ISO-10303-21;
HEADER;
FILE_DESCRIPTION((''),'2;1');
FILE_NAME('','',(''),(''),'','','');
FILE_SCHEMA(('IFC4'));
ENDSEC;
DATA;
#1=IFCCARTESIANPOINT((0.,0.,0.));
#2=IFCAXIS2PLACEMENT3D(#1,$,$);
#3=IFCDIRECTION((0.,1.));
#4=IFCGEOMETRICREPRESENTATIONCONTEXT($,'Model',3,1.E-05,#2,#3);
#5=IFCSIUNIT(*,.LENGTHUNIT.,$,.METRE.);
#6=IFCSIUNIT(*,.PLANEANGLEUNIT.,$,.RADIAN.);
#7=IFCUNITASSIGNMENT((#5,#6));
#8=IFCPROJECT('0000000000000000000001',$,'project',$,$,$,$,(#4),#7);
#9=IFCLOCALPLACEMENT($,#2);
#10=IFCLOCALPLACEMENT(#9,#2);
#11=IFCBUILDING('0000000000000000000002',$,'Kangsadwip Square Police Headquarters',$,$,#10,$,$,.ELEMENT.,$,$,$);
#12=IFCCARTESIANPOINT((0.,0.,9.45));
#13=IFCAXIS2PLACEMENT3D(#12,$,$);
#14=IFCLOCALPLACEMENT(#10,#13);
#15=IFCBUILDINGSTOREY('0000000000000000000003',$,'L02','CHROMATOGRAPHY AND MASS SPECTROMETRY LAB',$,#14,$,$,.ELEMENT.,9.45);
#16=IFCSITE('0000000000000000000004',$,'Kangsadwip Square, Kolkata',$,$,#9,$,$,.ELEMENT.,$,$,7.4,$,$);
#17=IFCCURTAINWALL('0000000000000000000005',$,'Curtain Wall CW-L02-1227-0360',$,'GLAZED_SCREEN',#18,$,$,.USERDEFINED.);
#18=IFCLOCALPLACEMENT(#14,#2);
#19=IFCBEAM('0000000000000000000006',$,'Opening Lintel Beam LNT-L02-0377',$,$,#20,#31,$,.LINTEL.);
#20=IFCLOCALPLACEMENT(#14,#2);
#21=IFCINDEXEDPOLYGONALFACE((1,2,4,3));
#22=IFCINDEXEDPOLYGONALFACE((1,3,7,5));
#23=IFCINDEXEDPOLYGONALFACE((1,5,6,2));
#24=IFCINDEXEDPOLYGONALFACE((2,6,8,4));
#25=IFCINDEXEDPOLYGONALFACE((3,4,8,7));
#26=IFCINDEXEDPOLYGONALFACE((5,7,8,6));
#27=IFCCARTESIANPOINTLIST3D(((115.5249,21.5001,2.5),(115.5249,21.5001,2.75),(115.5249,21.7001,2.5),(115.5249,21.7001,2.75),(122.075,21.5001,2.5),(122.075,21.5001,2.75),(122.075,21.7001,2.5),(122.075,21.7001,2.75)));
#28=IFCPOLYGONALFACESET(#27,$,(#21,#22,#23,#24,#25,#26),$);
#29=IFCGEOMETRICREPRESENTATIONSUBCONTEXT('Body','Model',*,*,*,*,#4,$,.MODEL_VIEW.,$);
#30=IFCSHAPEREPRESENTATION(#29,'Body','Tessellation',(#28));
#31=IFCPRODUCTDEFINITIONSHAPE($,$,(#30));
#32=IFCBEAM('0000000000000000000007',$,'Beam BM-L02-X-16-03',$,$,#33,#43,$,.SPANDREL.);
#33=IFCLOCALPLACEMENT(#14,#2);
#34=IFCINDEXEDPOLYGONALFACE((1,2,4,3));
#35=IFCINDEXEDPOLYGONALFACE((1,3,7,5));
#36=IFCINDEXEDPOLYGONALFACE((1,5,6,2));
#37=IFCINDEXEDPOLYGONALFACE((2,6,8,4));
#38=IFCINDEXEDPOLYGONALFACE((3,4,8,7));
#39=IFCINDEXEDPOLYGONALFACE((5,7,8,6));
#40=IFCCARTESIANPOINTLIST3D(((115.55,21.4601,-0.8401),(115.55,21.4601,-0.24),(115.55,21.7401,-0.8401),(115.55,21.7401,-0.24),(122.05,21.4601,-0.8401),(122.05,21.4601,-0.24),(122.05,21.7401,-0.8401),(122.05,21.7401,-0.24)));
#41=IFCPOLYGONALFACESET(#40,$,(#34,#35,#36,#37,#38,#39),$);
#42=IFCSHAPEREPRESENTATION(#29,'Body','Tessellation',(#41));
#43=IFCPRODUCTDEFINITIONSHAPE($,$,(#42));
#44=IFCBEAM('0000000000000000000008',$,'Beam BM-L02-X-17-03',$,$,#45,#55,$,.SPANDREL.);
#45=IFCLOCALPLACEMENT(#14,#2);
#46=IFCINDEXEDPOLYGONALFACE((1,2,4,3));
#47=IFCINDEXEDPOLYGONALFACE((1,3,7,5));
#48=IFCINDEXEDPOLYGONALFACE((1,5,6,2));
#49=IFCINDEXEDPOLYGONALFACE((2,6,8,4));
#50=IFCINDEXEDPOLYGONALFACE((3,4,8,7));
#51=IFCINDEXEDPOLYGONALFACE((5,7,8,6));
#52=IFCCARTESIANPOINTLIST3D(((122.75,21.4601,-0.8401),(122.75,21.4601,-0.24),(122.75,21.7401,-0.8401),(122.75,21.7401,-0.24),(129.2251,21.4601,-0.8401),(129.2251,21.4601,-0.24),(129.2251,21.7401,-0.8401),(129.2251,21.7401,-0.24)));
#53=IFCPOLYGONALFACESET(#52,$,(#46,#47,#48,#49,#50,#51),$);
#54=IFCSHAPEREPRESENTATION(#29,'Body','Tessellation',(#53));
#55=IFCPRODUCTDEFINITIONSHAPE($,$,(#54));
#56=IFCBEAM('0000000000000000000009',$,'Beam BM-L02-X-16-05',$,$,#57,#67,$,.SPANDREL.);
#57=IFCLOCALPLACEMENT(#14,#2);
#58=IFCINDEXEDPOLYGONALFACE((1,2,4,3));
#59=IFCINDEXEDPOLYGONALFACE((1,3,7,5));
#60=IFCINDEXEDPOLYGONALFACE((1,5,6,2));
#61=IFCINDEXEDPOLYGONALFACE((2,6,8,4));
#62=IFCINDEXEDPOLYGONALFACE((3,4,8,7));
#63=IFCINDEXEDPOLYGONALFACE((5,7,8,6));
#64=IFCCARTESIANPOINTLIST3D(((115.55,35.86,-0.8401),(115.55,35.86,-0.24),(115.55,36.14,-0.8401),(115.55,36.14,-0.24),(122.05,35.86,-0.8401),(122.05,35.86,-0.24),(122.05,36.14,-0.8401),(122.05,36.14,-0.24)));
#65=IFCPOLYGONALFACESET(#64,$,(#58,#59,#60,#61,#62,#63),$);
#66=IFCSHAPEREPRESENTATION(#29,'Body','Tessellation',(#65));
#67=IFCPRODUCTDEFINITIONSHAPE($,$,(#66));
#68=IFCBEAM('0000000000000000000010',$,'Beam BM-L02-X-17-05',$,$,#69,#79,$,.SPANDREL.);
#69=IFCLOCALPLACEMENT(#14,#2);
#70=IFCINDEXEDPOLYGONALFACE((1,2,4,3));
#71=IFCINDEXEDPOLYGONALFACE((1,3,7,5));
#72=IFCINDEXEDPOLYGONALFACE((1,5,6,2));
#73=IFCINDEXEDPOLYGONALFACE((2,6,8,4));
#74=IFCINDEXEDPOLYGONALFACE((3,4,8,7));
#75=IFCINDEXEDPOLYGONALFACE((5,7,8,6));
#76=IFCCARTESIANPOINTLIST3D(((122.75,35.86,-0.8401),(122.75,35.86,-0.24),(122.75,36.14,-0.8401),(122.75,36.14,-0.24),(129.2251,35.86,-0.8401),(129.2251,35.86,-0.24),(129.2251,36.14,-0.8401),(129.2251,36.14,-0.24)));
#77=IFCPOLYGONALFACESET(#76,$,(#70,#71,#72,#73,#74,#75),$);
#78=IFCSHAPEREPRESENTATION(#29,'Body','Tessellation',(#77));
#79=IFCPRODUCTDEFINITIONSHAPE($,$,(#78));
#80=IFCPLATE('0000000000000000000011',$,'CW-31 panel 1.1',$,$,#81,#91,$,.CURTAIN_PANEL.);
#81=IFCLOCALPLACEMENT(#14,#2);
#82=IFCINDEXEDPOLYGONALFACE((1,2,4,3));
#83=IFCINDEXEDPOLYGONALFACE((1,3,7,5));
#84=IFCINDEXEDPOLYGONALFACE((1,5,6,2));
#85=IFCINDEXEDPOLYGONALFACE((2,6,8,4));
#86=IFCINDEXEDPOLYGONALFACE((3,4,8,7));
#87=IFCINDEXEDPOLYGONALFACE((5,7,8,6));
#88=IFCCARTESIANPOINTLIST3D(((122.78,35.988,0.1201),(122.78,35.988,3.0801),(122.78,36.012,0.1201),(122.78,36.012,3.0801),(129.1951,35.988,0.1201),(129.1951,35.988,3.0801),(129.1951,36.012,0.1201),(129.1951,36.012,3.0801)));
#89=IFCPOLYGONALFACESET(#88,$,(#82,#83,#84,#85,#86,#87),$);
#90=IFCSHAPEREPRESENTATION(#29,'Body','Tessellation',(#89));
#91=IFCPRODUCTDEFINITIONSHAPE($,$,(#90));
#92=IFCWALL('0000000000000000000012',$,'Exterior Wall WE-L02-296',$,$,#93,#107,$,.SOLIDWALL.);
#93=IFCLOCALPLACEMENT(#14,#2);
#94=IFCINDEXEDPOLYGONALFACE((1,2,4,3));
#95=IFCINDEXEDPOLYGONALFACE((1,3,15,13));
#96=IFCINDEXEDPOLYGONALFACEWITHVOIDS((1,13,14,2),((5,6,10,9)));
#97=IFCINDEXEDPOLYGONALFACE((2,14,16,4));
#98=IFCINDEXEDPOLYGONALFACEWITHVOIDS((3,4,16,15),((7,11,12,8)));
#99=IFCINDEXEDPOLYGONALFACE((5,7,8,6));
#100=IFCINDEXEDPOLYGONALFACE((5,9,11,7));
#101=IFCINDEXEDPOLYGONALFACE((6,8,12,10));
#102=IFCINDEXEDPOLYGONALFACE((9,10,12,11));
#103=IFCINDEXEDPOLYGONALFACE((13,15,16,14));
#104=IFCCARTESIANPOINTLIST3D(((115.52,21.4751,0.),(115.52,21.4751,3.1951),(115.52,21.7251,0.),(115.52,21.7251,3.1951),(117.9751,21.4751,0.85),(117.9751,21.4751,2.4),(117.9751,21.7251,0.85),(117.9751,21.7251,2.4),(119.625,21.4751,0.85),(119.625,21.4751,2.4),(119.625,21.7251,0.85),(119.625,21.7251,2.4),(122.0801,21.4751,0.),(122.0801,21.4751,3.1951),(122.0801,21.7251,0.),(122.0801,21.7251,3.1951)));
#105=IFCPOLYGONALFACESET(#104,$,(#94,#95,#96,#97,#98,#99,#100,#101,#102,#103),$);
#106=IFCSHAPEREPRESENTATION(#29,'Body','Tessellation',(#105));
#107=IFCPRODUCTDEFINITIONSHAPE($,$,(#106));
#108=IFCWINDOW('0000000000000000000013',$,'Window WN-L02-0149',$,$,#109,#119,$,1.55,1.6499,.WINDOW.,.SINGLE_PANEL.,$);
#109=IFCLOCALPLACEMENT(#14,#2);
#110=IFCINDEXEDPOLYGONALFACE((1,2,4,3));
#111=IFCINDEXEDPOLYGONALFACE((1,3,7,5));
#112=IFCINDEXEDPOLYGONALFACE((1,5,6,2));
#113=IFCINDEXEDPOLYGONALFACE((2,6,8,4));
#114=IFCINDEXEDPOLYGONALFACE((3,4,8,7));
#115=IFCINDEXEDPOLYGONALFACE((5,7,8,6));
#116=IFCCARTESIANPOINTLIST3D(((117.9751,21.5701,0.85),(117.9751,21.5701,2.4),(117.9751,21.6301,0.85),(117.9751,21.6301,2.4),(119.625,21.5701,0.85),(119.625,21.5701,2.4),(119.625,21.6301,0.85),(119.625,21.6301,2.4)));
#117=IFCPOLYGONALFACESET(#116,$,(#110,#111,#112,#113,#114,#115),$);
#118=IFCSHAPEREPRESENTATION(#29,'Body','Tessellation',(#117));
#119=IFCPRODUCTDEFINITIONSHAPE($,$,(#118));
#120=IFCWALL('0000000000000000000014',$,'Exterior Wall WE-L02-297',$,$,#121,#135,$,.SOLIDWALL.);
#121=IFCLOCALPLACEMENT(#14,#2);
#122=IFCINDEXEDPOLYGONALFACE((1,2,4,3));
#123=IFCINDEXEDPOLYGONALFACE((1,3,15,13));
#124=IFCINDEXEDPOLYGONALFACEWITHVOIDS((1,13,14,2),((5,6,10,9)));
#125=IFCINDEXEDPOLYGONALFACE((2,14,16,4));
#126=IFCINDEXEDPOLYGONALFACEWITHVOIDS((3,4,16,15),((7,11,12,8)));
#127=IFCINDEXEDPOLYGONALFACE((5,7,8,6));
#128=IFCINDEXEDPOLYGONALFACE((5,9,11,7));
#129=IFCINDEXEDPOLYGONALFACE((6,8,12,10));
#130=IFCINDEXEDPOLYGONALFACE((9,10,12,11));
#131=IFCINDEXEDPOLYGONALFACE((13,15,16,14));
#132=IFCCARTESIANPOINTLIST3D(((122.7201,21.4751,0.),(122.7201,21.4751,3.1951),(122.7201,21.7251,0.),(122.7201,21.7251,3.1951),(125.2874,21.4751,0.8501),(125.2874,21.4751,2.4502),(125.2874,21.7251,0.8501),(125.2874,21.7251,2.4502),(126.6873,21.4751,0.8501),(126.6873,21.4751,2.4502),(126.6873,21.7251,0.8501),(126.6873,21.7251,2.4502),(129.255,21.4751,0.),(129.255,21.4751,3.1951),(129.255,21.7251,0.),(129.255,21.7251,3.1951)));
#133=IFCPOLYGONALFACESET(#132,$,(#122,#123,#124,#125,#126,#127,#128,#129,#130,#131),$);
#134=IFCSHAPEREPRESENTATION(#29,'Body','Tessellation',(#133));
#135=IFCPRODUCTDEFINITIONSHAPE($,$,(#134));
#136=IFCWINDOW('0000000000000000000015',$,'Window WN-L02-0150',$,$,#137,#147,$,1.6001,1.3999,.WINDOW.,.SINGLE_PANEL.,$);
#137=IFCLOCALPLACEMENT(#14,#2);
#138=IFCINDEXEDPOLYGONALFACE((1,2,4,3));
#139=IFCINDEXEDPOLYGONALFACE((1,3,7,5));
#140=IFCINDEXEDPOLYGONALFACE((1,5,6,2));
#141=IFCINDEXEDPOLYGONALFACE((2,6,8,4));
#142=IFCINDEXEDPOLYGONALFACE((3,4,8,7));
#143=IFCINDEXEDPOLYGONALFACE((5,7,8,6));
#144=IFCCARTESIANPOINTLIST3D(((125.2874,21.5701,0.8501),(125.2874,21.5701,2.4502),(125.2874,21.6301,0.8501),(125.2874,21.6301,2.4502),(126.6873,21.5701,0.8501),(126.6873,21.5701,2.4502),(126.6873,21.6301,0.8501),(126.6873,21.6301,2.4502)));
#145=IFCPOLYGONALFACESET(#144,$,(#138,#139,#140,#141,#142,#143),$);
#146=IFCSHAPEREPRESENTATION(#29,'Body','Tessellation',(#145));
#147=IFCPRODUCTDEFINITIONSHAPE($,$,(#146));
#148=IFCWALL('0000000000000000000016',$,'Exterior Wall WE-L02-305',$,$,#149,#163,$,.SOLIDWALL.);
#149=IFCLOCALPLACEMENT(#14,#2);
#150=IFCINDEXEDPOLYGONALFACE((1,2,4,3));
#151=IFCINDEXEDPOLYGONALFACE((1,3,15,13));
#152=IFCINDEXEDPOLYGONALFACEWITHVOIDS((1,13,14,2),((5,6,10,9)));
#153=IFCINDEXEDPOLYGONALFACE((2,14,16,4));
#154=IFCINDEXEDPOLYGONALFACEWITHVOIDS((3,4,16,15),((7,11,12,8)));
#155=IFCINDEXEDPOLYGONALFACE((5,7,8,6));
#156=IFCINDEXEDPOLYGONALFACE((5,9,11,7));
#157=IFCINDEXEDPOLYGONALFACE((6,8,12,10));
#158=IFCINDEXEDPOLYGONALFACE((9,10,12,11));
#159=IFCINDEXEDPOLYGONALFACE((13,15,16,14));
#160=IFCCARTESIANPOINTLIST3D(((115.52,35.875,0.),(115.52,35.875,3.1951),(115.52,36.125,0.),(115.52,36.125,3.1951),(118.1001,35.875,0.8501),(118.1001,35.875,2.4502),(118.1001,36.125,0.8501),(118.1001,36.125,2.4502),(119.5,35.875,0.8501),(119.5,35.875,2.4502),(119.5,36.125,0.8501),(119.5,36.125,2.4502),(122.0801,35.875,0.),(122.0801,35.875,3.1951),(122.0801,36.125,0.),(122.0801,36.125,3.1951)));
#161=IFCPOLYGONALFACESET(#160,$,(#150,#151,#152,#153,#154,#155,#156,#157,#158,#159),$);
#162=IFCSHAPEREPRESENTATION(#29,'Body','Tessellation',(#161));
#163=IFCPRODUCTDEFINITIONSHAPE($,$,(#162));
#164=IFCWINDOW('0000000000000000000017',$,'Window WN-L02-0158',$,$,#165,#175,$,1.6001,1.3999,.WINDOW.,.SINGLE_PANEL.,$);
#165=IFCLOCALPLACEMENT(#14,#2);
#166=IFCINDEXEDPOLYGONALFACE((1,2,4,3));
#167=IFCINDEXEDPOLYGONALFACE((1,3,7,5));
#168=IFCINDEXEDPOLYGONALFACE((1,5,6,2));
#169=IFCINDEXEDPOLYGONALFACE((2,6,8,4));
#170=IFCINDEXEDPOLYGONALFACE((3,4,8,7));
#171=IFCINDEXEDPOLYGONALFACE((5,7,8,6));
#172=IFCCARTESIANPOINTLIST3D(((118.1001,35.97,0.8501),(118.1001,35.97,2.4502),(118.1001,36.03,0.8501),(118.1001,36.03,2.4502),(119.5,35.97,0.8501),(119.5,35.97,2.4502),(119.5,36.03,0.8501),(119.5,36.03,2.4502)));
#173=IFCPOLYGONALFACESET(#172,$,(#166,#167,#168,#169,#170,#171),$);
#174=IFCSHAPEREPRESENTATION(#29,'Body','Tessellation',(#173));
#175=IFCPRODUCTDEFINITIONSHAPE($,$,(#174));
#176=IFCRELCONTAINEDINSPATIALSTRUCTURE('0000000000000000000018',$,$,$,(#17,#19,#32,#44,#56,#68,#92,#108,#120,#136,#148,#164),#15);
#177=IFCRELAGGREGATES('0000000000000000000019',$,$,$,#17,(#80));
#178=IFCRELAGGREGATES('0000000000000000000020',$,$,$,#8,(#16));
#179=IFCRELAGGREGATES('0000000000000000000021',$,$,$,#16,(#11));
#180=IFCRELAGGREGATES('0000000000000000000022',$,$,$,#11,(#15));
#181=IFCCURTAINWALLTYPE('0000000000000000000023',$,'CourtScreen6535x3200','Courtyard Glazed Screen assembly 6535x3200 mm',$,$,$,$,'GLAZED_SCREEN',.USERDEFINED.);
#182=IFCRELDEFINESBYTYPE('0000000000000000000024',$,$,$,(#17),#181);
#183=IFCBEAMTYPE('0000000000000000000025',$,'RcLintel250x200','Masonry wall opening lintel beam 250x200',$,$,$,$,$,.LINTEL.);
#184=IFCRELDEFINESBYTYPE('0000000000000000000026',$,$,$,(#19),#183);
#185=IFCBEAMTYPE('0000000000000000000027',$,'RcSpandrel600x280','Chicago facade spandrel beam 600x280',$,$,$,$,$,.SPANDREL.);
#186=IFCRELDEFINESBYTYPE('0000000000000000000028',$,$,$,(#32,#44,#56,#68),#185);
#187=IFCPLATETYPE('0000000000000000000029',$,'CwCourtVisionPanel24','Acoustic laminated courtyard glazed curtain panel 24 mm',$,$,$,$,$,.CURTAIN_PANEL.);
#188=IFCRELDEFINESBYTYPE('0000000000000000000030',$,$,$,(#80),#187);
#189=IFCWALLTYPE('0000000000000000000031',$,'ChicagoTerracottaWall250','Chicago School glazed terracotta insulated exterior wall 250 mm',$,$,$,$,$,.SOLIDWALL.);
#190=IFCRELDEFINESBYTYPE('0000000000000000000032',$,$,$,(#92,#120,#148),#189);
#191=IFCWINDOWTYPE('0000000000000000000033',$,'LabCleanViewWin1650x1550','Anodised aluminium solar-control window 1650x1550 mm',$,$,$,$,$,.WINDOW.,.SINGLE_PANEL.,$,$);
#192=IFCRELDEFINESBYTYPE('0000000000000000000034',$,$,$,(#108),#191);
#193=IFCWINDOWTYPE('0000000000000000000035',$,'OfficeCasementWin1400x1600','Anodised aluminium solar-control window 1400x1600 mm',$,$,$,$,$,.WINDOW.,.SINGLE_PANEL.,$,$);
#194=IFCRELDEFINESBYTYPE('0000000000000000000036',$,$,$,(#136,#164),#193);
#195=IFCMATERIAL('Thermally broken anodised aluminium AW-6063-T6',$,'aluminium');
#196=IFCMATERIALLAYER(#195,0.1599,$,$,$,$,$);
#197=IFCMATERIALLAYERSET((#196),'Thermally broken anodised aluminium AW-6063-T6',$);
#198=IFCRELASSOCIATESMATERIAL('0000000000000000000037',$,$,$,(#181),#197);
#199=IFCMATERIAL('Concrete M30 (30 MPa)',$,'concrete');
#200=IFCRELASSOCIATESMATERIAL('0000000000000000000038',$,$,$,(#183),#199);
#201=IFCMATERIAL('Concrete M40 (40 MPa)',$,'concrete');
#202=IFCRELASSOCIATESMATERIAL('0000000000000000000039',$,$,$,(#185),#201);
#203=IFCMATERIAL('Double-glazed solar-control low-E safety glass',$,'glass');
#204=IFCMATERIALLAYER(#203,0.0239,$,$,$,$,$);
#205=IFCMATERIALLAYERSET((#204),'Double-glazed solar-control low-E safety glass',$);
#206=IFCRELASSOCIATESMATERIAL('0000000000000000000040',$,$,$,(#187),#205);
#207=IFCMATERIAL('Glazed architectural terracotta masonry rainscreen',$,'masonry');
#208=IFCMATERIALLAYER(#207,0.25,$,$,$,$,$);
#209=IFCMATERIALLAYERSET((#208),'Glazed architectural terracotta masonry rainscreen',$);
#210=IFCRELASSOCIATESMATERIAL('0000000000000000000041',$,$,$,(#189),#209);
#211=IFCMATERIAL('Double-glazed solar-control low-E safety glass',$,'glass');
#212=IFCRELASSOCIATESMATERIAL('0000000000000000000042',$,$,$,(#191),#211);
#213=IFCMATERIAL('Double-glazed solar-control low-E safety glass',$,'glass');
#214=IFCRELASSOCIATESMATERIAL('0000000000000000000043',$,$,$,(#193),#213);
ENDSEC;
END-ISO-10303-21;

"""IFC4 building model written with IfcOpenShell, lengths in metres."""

from ifc_helpers import new_model, si_unit, direction, frame, frame_2d, origin, origin_2d, place, context, subcontext, project, spatial, rectangle, extrude, material, layer, layer_set, material_profile, profile_set, type_object, element, fill, aggregate, save


model = new_model("IFC4")

# Units and contexts
model_context = context("Model", 3, precision=1e-05, world=origin(), true_north=direction((0.0, 1.0)))
body_context = subcontext(model_context, "Body", "Model", "MODEL_VIEW")
ifc_project = project(units=[si_unit("LENGTHUNIT", "METRE"), si_unit("PLANEANGLEUNIT", "RADIAN")], contexts=[model_context])

# Site, building, storey
site_placement = place(None, origin())
site = spatial("IfcSite", under=ifc_project, at=site_placement, Name="Kangsadwip Square, Kolkata", CompositionType="ELEMENT", RefElevation=7.4)
building_placement = place(site_placement, origin())
building = spatial("IfcBuilding", under=site, at=building_placement, Name="Kangsadwip Square Police Headquarters", CompositionType="ELEMENT")
storey_placement = place(building_placement, frame((0.0, 0.0, 9.45)))
storey = spatial("IfcBuildingStorey", under=building, at=storey_placement, Name="L02", Description="CHROMATOGRAPHY AND MASS SPECTROMETRY LAB", CompositionType="ELEMENT", Elevation=9.45)

# Curtain wall
ifc_material_1 = material(Name="Thermally broken anodised aluminium AW-6063-T6", Category="aluminium")
ifc_layer_1 = layer(ifc_material_1, 0.1599)
ifc_layer_set_1 = layer_set([ifc_layer_1], Name="Thermally broken anodised aluminium AW-6063-T6")
curtain_wall_type = type_object("IfcCurtainWallType", Name="CourtScreen6535x3200", Description="Courtyard Glazed Screen assembly 6535x3200 mm", ElementType="GLAZED_SCREEN", PredefinedType="USERDEFINED", material=ifc_layer_set_1)
curtain_wall_placement = place(storey_placement, origin())
curtain_wall = element("IfcCurtainWall", 1, at=curtain_wall_placement, inside=storey, type_object=curtain_wall_type, Name="Curtain Wall CW-L02-1227-0360", ObjectType="GLAZED_SCREEN", PredefinedType="USERDEFINED")

# Beams
ifc_material_2 = material(Name="Concrete M30 (30 MPa)", Category="concrete")
ifc_material_profile_1 = material_profile(ifc_material_2, rectangle(XDim=0.2, YDim=0.25, at=origin_2d()), Name="RC LNT 250X200")
ifc_profile_set_1 = profile_set([ifc_material_profile_1], Name="Concrete M30 (30 MPa)")
beam_type_1 = type_object("IfcBeamType", Name="RcLintel250x200", Description="Masonry wall opening lintel beam 250x200", PredefinedType="LINTEL", material=ifc_profile_set_1)
beam_1_placement = place(storey_placement, frame((115.5249, 21.6001, 2.625), z_axis=(1.0, 0.0, 0.0), x_axis=(0.0, 1.0, 0.0)))
element("IfcBeam", 2, at=beam_1_placement, inside=storey, type_object=beam_type_1, Name="Opening Lintel Beam LNT-L02-0377", PredefinedType="LINTEL", context=body_context, shape_type="SweptSolid", body=[
    extrude(rectangle(XDim=0.2, YDim=0.25, at=origin_2d()), origin(), (0.0, 0.0, 1.0), 6.55),
])
ifc_material_3 = material(Name="Concrete M40 (40 MPa)", Category="concrete")
ifc_material_profile_2 = material_profile(ifc_material_3, rectangle(XDim=0.28, YDim=0.6001, at=origin_2d()), Name="RC SPN 600X280")
ifc_profile_set_2 = profile_set([ifc_material_profile_2], Name="Concrete M40 (40 MPa)")
beam_type_2 = type_object("IfcBeamType", Name="RcSpandrel600x280", Description="Chicago facade spandrel beam 600x280", PredefinedType="SPANDREL", material=ifc_profile_set_2)
beam_2_placement = place(storey_placement, frame((115.55, 21.6001, -0.54), z_axis=(1.0, 0.0, 0.0), x_axis=(0.0, 1.0, 0.0)))
element("IfcBeam", 3, at=beam_2_placement, inside=storey, type_object=beam_type_2, Name="Beam BM-L02-X-16-03", PredefinedType="SPANDREL", context=body_context, shape_type="SweptSolid", body=[
    extrude(rectangle(XDim=0.28, YDim=0.6001, at=origin_2d()), origin(), (0.0, 0.0, 1.0), 6.5),
])
beam_3_placement = place(storey_placement, frame((122.75, 21.6001, -0.54), z_axis=(1.0, 0.0, 0.0), x_axis=(0.0, 1.0, 0.0)))
element("IfcBeam", 4, at=beam_3_placement, inside=storey, type_object=beam_type_2, Name="Beam BM-L02-X-17-03", PredefinedType="SPANDREL", context=body_context, shape_type="SweptSolid", body=[
    extrude(rectangle(XDim=0.28, YDim=0.6001, at=origin_2d()), origin(), (0.0, 0.0, 1.0), 6.4751),
])
beam_4_placement = place(storey_placement, frame((115.55, 36.0, -0.54), z_axis=(1.0, 0.0, 0.0), x_axis=(0.0, 1.0, 0.0)))
element("IfcBeam", 5, at=beam_4_placement, inside=storey, type_object=beam_type_2, Name="Beam BM-L02-X-16-05", PredefinedType="SPANDREL", context=body_context, shape_type="SweptSolid", body=[
    extrude(rectangle(XDim=0.28, YDim=0.6001, at=origin_2d()), origin(), (0.0, 0.0, 1.0), 6.5),
])
beam_5_placement = place(storey_placement, frame((122.75, 36.0, -0.54), z_axis=(1.0, 0.0, 0.0), x_axis=(0.0, 1.0, 0.0)))
element("IfcBeam", 6, at=beam_5_placement, inside=storey, type_object=beam_type_2, Name="Beam BM-L02-X-17-05", PredefinedType="SPANDREL", context=body_context, shape_type="SweptSolid", body=[
    extrude(rectangle(XDim=0.28, YDim=0.6001, at=origin_2d()), origin(), (0.0, 0.0, 1.0), 6.4751),
])

# Plate
ifc_material_4 = material(Name="Double-glazed solar-control low-E safety glass", Category="glass")
ifc_layer_2 = layer(ifc_material_4, 0.0239)
ifc_layer_set_2 = layer_set([ifc_layer_2], Name="Double-glazed solar-control low-E safety glass")
plate_type = type_object("IfcPlateType", Name="CwCourtVisionPanel24", Description="Acoustic laminated courtyard glazed curtain panel 24 mm", PredefinedType="CURTAIN_PANEL", material=ifc_layer_set_2)
plate_placement = place(storey_placement, frame((125.9875, 36.0, 0.1201), z_axis=(0.0, 0.0, 1.0), x_axis=(1.0, 0.0, 0.0)))
plate = element("IfcPlate", 7, at=plate_placement, type_object=plate_type, Name="CW-31 panel 1.1", PredefinedType="CURTAIN_PANEL", context=body_context, shape_type="SweptSolid", body=[
    extrude(rectangle(XDim=6.415, YDim=0.0239, at=origin_2d()), origin(), (0.0, 0.0, 1.0), 2.96),
])
aggregate(curtain_wall, [plate])

# Walls, openings, windows
ifc_material_5 = material(Name="Glazed architectural terracotta masonry rainscreen", Category="masonry")
ifc_layer_3 = layer(ifc_material_5, 0.25)
ifc_layer_set_3 = layer_set([ifc_layer_3], Name="Glazed architectural terracotta masonry rainscreen")
wall_type = type_object("IfcWallType", Name="ChicagoTerracottaWall250", Description="Chicago School glazed terracotta insulated exterior wall 250 mm", PredefinedType="SOLIDWALL", material=ifc_layer_set_3)
wall_1_placement = place(storey_placement, frame((115.52, 21.6001, 0.0), z_axis=(0.0, 0.0, 1.0), x_axis=(1.0, 0.0, 0.0)))
wall_1 = element("IfcWall", 8, at=wall_1_placement, inside=storey, type_object=wall_type, Name="Exterior Wall WE-L02-296", PredefinedType="SOLIDWALL", context=body_context, shape_type="SweptSolid", body=[
    extrude(rectangle(XDim=6.5601, YDim=0.25, at=frame_2d((3.28, 0.0))), origin(), (0.0, 0.0, 1.0), 3.1951),
])
opening_1_placement = place(wall_1_placement, frame((2.4551, 0.0, 0.8501)))
opening_1 = element("IfcOpeningElement", 9, at=opening_1_placement, cuts=wall_1, PredefinedType="OPENING", context=body_context, shape_type="SweptSolid", body=[
    extrude(rectangle(XDim=1.6499, YDim=1.55, at=frame_2d((0.825, 0.7749))), frame((0.0, 0.135, 0.0), z_axis=(0.0, -1.0, 0.0), x_axis=(1.0, 0.0, 0.0)), (0.0, 0.0, 1.0), 0.27),
])
ifc_material_6 = material(Name="Double-glazed solar-control low-E safety glass", Category="glass")
window_type_1 = type_object("IfcWindowType", Name="LabCleanViewWin1650x1550", Description="Anodised aluminium solar-control window 1650x1550 mm", PartitioningType="SINGLE_PANEL", PredefinedType="WINDOW", material=ifc_material_6)
window_1_placement = place(opening_1_placement, origin())
window_1 = element("IfcWindow", 10, at=window_1_placement, inside=storey, type_object=window_type_1, Name="Window WN-L02-0149", OverallHeight=1.55, OverallWidth=1.6499, PartitioningType="SINGLE_PANEL", PredefinedType="WINDOW", context=body_context, shape_type="SweptSolid", body=[
    extrude(rectangle(XDim=1.6499, YDim=1.55, at=frame_2d((0.825, 0.7749))), frame((0.0, 0.03, 0.0), z_axis=(0.0, -1.0, 0.0), x_axis=(1.0, 0.0, 0.0)), (0.0, 0.0, 1.0), 0.0601),
])
fill(opening_1, window_1)
wall_2_placement = place(storey_placement, frame((122.72, 21.6001, 0.0), z_axis=(0.0, 0.0, 1.0), x_axis=(1.0, 0.0, 0.0)))
wall_2 = element("IfcWall", 11, at=wall_2_placement, inside=storey, type_object=wall_type, Name="Exterior Wall WE-L02-297", PredefinedType="SOLIDWALL", context=body_context, shape_type="SweptSolid", body=[
    extrude(rectangle(XDim=6.5349, YDim=0.25, at=frame_2d((3.2676, 0.0))), origin(), (0.0, 0.0, 1.0), 3.1951),
])
opening_2_placement = place(wall_2_placement, frame((2.5674, 0.0, 0.8501)))
opening_2 = element("IfcOpeningElement", 12, at=opening_2_placement, cuts=wall_2, PredefinedType="OPENING", context=body_context, shape_type="SweptSolid", body=[
    extrude(rectangle(XDim=1.3999, YDim=1.6001, at=frame_2d((0.7, 0.8))), frame((0.0, 0.135, 0.0), z_axis=(0.0, -1.0, 0.0), x_axis=(1.0, 0.0, 0.0)), (0.0, 0.0, 1.0), 0.27),
])
ifc_material_7 = material(Name="Double-glazed solar-control low-E safety glass", Category="glass")
window_type_2 = type_object("IfcWindowType", Name="OfficeCasementWin1400x1600", Description="Anodised aluminium solar-control window 1400x1600 mm", PartitioningType="SINGLE_PANEL", PredefinedType="WINDOW", material=ifc_material_7)
window_2_placement = place(opening_2_placement, origin())
window_2 = element("IfcWindow", 13, at=window_2_placement, inside=storey, type_object=window_type_2, Name="Window WN-L02-0150", OverallHeight=1.6001, OverallWidth=1.3999, PartitioningType="SINGLE_PANEL", PredefinedType="WINDOW", context=body_context, shape_type="SweptSolid", body=[
    extrude(rectangle(XDim=1.3999, YDim=1.6001, at=frame_2d((0.7, 0.8))), frame((0.0, 0.03, 0.0), z_axis=(0.0, -1.0, 0.0), x_axis=(1.0, 0.0, 0.0)), (0.0, 0.0, 1.0), 0.0601),
])
fill(opening_2, window_2)
wall_3_placement = place(storey_placement, frame((115.52, 36.0, 0.0), z_axis=(0.0, 0.0, 1.0), x_axis=(1.0, 0.0, 0.0)))
wall_3 = element("IfcWall", 14, at=wall_3_placement, inside=storey, type_object=wall_type, Name="Exterior Wall WE-L02-305", PredefinedType="SOLIDWALL", context=body_context, shape_type="SweptSolid", body=[
    extrude(rectangle(XDim=6.5601, YDim=0.25, at=frame_2d((3.28, 0.0))), origin(), (0.0, 0.0, 1.0), 3.1951),
])
opening_3_placement = place(wall_3_placement, frame((2.5801, 0.0, 0.8501)))
opening_3 = element("IfcOpeningElement", 15, at=opening_3_placement, cuts=wall_3, PredefinedType="OPENING", context=body_context, shape_type="SweptSolid", body=[
    extrude(rectangle(XDim=1.3999, YDim=1.6001, at=frame_2d((0.7, 0.8))), frame((0.0, 0.135, 0.0), z_axis=(0.0, -1.0, 0.0), x_axis=(1.0, 0.0, 0.0)), (0.0, 0.0, 1.0), 0.27),
])
window_3_placement = place(opening_3_placement, origin())
window_3 = element("IfcWindow", 16, at=window_3_placement, inside=storey, type_object=window_type_2, Name="Window WN-L02-0158", OverallHeight=1.6001, OverallWidth=1.3999, PartitioningType="SINGLE_PANEL", PredefinedType="WINDOW", context=body_context, shape_type="SweptSolid", body=[
    extrude(rectangle(XDim=1.3999, YDim=1.6001, at=frame_2d((0.7, 0.8))), frame((0.0, 0.03, 0.0), z_axis=(0.0, -1.0, 0.0), x_axis=(1.0, 0.0, 0.0)), (0.0, 0.0, 1.0), 0.0601),
])
fill(opening_3, window_3)

save(model, "model.ifc")
